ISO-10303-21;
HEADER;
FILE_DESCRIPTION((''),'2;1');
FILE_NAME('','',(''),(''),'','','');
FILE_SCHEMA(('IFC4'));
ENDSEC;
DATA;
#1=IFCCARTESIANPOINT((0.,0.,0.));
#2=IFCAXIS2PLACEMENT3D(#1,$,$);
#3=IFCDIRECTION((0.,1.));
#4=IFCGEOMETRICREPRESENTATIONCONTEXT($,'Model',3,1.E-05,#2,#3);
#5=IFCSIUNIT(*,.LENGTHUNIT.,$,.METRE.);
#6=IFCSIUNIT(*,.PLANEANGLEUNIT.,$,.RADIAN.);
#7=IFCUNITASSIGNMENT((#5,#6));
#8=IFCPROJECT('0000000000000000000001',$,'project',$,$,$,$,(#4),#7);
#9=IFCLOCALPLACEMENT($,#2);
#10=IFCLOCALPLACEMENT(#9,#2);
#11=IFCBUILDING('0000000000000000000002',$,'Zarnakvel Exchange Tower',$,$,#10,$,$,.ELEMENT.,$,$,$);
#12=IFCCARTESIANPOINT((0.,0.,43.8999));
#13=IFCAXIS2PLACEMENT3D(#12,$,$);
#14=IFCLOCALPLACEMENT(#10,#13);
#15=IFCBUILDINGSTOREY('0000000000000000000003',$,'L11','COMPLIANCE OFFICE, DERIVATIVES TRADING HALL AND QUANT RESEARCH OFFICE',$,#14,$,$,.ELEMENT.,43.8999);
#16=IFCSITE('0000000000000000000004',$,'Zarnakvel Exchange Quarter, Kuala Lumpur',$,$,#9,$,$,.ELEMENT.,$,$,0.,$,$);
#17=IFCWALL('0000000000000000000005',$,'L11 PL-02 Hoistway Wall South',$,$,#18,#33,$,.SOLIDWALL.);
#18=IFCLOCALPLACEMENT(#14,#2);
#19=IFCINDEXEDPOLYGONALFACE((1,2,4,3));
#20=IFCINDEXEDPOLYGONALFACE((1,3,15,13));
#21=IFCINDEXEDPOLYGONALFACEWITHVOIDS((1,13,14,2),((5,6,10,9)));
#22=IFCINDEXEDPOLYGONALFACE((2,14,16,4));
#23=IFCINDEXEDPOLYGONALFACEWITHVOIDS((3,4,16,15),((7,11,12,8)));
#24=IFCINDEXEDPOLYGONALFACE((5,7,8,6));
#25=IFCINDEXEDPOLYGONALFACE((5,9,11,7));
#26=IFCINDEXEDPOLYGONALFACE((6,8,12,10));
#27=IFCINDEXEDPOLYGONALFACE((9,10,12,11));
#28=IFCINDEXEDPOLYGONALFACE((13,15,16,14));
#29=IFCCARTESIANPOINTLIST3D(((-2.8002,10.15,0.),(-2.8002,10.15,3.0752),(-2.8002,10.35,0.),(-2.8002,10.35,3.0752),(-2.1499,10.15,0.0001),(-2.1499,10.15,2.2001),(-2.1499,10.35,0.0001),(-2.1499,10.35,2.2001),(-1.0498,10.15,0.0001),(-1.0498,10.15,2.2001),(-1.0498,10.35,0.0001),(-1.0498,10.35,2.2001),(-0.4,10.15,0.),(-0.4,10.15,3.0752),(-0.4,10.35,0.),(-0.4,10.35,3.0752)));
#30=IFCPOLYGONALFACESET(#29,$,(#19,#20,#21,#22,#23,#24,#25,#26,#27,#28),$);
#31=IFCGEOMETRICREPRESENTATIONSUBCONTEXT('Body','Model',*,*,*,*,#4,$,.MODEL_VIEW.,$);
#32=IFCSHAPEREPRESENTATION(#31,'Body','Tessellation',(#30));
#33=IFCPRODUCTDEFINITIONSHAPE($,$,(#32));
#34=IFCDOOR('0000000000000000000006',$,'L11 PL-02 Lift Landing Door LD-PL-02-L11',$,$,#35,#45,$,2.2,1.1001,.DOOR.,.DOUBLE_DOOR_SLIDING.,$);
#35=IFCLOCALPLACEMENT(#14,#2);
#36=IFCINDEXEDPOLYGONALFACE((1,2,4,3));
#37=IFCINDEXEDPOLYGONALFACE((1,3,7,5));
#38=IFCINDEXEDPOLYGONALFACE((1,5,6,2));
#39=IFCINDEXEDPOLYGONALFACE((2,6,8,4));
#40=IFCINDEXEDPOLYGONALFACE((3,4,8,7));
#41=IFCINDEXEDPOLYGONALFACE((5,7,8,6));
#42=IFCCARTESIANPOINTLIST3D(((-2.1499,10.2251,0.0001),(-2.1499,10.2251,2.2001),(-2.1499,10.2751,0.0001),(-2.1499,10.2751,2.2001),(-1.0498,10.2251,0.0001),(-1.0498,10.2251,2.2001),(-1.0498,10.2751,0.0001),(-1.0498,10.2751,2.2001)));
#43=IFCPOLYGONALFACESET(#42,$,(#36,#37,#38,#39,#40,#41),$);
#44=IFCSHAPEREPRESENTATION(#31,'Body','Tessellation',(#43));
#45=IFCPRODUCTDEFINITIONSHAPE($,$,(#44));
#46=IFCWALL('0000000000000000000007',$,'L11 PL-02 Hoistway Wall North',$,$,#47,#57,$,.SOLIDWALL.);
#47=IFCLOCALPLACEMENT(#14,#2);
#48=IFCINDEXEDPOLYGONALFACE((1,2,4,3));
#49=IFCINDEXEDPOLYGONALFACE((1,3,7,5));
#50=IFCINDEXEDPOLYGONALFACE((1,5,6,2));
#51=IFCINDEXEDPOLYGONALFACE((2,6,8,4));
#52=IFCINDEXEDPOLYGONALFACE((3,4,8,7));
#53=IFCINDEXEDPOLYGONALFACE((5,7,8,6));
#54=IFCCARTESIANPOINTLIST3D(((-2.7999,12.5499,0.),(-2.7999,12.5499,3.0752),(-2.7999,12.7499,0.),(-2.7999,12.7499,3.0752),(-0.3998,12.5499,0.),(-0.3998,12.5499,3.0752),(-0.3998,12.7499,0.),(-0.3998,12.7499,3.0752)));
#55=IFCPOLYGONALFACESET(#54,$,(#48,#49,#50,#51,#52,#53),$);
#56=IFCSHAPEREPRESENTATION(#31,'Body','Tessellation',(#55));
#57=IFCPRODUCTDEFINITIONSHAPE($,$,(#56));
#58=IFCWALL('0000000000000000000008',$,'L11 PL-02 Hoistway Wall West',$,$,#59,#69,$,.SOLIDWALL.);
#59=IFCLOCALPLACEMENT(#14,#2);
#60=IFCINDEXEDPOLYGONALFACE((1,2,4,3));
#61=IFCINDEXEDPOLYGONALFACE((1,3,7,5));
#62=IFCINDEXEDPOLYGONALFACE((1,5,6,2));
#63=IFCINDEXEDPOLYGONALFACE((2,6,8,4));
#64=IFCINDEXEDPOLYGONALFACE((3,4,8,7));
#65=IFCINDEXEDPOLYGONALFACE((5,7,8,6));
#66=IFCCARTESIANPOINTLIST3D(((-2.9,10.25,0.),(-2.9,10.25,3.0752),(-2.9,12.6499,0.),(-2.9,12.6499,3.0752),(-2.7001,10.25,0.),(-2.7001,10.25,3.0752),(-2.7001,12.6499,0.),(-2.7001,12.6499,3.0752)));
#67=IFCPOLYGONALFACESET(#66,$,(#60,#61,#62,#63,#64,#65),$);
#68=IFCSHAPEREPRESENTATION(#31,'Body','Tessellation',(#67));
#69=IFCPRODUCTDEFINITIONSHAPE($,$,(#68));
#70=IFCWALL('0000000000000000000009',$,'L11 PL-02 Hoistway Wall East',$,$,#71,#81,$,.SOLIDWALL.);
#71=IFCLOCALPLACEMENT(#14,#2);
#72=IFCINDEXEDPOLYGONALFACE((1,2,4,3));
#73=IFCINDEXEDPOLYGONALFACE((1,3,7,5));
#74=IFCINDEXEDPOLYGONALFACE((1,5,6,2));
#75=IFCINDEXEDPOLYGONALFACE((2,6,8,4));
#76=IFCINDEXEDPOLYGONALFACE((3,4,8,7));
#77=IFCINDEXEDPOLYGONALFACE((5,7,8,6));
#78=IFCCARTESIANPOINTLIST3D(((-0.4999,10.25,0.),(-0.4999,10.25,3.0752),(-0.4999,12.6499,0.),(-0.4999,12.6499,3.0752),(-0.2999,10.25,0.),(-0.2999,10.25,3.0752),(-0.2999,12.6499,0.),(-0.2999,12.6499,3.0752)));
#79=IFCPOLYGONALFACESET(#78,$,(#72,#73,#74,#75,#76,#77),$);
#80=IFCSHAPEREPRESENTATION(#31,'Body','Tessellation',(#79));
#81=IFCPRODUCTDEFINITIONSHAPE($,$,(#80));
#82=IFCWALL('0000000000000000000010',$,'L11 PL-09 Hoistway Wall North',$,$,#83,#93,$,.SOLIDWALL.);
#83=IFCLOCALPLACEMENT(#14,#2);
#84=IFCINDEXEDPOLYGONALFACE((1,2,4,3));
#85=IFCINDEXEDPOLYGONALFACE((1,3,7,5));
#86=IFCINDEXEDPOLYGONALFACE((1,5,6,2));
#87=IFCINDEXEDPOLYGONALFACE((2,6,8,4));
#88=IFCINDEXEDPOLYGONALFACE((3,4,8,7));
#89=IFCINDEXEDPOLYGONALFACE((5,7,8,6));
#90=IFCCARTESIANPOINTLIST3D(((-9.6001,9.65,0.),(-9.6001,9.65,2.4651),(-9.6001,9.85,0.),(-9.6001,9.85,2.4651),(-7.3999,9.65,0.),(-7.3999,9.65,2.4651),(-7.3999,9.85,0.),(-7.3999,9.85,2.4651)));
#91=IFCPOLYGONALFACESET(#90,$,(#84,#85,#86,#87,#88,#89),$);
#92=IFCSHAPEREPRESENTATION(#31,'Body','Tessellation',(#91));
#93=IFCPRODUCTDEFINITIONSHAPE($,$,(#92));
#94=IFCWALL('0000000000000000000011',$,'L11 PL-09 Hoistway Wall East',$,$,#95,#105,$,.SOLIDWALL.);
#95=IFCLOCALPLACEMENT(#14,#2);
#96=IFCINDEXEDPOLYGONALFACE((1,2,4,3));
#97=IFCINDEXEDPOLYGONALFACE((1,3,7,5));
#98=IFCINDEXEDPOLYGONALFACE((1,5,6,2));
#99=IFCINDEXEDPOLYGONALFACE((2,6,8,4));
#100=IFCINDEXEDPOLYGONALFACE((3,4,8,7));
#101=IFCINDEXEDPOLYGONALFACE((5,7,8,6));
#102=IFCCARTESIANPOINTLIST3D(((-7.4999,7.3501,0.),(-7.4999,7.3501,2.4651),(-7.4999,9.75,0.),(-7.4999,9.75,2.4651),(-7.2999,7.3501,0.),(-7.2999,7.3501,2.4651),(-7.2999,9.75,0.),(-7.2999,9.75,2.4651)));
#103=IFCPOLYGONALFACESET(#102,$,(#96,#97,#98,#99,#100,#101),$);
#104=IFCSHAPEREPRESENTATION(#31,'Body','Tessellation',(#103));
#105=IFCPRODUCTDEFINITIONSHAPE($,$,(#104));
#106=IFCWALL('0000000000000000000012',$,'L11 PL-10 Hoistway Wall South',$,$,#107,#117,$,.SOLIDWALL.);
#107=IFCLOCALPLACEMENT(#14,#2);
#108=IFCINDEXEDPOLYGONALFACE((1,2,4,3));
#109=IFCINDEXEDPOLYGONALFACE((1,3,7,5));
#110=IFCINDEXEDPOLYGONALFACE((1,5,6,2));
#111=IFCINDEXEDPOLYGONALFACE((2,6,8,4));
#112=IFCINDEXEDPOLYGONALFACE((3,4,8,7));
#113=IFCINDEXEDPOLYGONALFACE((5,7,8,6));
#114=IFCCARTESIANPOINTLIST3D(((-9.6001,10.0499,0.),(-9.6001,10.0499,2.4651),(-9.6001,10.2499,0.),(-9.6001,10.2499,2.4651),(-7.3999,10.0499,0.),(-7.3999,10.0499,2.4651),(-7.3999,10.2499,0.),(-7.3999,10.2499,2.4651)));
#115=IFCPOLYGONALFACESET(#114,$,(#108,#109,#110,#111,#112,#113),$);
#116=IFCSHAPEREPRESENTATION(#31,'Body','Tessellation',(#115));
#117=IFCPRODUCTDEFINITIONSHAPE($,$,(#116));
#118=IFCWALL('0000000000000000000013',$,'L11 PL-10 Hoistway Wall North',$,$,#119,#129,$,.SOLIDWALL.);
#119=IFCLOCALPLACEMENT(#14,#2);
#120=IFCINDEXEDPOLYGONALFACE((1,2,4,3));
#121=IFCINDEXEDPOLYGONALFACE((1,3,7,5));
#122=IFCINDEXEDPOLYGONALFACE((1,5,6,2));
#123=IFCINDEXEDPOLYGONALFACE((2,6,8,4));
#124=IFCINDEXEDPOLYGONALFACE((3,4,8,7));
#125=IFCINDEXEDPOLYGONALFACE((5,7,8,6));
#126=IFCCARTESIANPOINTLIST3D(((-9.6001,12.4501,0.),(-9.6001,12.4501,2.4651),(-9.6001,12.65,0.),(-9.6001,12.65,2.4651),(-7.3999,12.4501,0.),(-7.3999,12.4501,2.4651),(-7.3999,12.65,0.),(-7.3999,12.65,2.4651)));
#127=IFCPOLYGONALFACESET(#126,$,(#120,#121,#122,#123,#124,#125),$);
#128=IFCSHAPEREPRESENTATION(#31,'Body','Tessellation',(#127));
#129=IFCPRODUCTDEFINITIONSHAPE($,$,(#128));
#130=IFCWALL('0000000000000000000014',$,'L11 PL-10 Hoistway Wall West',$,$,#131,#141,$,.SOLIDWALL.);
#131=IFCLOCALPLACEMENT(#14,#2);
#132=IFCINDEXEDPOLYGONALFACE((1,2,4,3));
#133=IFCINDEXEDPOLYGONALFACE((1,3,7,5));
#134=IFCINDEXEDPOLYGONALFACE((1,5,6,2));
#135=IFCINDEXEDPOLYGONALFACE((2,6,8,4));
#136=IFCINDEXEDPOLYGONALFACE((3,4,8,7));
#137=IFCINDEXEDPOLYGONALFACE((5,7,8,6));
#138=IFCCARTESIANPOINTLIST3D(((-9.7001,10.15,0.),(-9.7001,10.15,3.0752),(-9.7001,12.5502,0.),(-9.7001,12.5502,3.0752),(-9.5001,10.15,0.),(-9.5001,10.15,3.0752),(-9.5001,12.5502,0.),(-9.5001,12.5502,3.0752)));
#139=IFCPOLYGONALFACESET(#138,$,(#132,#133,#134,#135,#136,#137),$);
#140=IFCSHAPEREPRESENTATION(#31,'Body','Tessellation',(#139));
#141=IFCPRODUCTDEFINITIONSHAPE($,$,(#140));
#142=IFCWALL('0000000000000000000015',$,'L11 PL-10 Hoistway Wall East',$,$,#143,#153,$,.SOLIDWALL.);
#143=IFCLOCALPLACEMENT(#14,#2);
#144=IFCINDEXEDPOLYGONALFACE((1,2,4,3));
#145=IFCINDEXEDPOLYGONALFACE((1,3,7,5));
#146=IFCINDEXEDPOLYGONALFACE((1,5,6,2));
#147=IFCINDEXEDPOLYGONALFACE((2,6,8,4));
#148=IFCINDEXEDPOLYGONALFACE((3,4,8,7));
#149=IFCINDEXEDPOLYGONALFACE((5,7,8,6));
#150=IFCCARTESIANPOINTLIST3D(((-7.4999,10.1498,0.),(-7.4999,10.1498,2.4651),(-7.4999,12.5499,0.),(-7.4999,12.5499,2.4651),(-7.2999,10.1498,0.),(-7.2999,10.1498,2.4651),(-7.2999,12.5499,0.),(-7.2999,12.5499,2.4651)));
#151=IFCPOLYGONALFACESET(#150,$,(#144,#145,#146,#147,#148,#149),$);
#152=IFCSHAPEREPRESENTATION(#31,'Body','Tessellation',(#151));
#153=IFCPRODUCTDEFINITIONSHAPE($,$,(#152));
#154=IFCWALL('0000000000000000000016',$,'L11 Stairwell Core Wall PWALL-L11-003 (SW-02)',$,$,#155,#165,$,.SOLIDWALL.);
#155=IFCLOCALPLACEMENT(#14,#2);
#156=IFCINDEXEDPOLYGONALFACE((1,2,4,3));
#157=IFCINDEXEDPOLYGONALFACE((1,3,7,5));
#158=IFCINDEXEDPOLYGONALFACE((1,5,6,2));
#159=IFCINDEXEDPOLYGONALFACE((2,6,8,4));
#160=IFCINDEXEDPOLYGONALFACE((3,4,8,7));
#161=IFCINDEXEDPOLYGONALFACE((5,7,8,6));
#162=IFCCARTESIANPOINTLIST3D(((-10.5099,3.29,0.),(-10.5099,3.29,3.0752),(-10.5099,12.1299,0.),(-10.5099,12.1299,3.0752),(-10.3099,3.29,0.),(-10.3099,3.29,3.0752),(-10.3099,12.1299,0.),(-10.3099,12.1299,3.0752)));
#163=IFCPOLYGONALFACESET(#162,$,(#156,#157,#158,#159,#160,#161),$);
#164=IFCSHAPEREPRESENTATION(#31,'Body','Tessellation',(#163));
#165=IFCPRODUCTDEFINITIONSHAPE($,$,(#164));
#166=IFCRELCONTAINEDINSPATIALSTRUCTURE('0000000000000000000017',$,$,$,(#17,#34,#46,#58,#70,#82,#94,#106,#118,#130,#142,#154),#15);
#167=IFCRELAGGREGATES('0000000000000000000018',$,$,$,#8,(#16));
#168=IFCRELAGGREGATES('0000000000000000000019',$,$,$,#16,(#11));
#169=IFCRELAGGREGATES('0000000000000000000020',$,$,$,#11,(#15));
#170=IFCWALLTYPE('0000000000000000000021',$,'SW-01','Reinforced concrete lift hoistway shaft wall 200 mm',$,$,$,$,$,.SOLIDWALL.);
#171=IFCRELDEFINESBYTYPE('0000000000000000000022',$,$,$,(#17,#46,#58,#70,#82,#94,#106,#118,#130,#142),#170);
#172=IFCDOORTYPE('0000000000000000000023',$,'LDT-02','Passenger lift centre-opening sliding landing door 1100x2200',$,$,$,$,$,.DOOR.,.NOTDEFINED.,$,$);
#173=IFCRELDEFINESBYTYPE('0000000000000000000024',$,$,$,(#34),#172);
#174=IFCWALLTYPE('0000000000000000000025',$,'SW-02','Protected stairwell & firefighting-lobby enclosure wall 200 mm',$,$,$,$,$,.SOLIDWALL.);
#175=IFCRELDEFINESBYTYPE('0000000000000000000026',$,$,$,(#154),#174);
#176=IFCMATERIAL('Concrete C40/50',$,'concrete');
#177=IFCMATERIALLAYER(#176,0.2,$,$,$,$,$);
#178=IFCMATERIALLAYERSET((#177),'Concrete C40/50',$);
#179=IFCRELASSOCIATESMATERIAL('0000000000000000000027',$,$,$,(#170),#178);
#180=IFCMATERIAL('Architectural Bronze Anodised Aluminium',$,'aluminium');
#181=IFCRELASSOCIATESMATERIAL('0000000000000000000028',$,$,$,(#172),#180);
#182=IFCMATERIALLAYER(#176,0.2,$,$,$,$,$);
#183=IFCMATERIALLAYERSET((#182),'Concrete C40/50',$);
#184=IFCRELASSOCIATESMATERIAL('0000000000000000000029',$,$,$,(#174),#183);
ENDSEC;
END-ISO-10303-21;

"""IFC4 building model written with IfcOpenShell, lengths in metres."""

from ifc_helpers import new_model, si_unit, direction, frame, frame_2d, origin, place, context, subcontext, project, spatial, rectangle, extrude, source, transform, mapped, material, layer, layer_set, type_object, element, fill, save


model = new_model("IFC4")

# Units and contexts
model_context = context("Model", 3, precision=1e-05, world=origin(), true_north=direction((0.0, 1.0)))
body_context = subcontext(model_context, "Body", "Model", "MODEL_VIEW")
ifc_project = project(units=[si_unit("LENGTHUNIT", "METRE"), si_unit("PLANEANGLEUNIT", "RADIAN")], contexts=[model_context])

# Site, building, storey
site_placement = place(None, origin())
site = spatial("IfcSite", under=ifc_project, at=site_placement, Name="Zarnakvel Exchange Quarter, Kuala Lumpur", CompositionType="ELEMENT", RefElevation=0.0)
building_placement = place(site_placement, origin())
building = spatial("IfcBuilding", under=site, at=building_placement, Name="Zarnakvel Exchange Tower", CompositionType="ELEMENT")
storey_placement = place(building_placement, frame((0.0, 0.0, 43.8999)))
storey = spatial("IfcBuildingStorey", under=building, at=storey_placement, Name="L11", Description="COMPLIANCE OFFICE, DERIVATIVES TRADING HALL AND QUANT RESEARCH OFFICE", CompositionType="ELEMENT", Elevation=43.8999)

# Shared definitions
ifc_material_1 = material(Name="Architectural Bronze Anodised Aluminium", Category="aluminium")

# Shared definitions
ifc_material_2 = material(Name="Concrete C40/50", Category="concrete")
ifc_layer_1 = layer(ifc_material_2, 0.2)
ifc_layer_set_1 = layer_set([ifc_layer_1], Name="Concrete C40/50")
wall_type_1 = type_object("IfcWallType", Name="SW-01", Description="Reinforced concrete lift hoistway shaft wall 200 mm", PredefinedType="SOLIDWALL", material=ifc_layer_set_1)
door_type = type_object("IfcDoorType", Name="LDT-02", Description="Passenger lift centre-opening sliding landing door 1100x2200", OperationType="NOTDEFINED", PredefinedType="DOOR", material=ifc_material_1)
shared_shape_1 = source(origin(), body_context, "Body", "SweptSolid", [
    extrude(rectangle(XDim=1.1001, YDim=2.2, at=frame_2d((0.55, 1.1001))), frame((0.0, 0.0249, 0.0), z_axis=(0.0, -1.0, 0.0), x_axis=(1.0, 0.0, 0.0)), (0.0, 0.0, 1.0), 0.05),
])

# Wall, opening, door
wall_1_placement = place(storey_placement, frame((-0.3999, 10.25, 0.0), z_axis=(0.0, 0.0, 1.0), x_axis=(-1.0, 0.0, 0.0)))
wall_1 = element("IfcWall", 1, at=wall_1_placement, inside=storey, type_object=wall_type_1, Name="L11 PL-02 Hoistway Wall South", PredefinedType="SOLIDWALL", context=body_context, shape_type="SweptSolid", body=[
    extrude(rectangle(XDim=2.4001, YDim=0.2, at=frame_2d((1.2002, 0.0))), origin(), (0.0, 0.0, 1.0), 3.0752),
])
opening_1_placement = place(wall_1_placement, frame((0.6499, 0.0, 0.0)))
opening_1 = element("IfcOpeningElement", 2, at=opening_1_placement, cuts=wall_1, PredefinedType="OPENING", context=body_context, shape_type="SweptSolid", body=[
    extrude(rectangle(XDim=1.1001, YDim=2.2, at=frame_2d((0.55, 1.1001))), frame((0.0, 0.1099, 0.0), z_axis=(0.0, -1.0, 0.0), x_axis=(1.0, 0.0, 0.0)), (0.0, 0.0, 1.0), 0.22),
])
door_1_placement = place(opening_1_placement, origin())
door_1 = element("IfcDoor", 3, at=door_1_placement, inside=storey, type_object=door_type, Name="L11 PL-02 Lift Landing Door LD-PL-02-L11", OperationType="DOUBLE_DOOR_SLIDING", OverallHeight=2.2, OverallWidth=1.1001, PredefinedType="DOOR", context=body_context, shape_type="MappedRepresentation", body=[
    mapped(shared_shape_1, transform((0.0, 0.0, 0.0), x_axis=(1.0, 0.0, 0.0), y_axis=(0.0, 1.0, 0.0), z_axis=(0.0, 0.0, 1.0), scale=1.0)),
])
fill(opening_1, door_1)

# Walls
wall_2_placement = place(storey_placement, frame((-2.8, 12.6499, 0.0), z_axis=(0.0, 0.0, 1.0), x_axis=(1.0, 0.0, 0.0)))
element("IfcWall", 4, at=wall_2_placement, inside=storey, type_object=wall_type_1, Name="L11 PL-02 Hoistway Wall North", PredefinedType="SOLIDWALL", context=body_context, shape_type="SweptSolid", body=[
    extrude(rectangle(XDim=2.4001, YDim=0.2, at=frame_2d((1.2002, 0.0))), origin(), (0.0, 0.0, 1.0), 3.0752),
])
for number, where, z_axis, x_axis, name in (
    (5, (-2.8, 10.25, 0.0), (0.0, 0.0, 1.0), (0.0, 1.0, 0.0), "L11 PL-02 Hoistway Wall West"),
    (6, (-0.3999, 12.6499, 0.0), (0.0, 0.0, 1.0), (0.0, -1.0, 0.0), "L11 PL-02 Hoistway Wall East"),
):
    element("IfcWall", number, at=place(storey_placement, frame(where, z_axis=z_axis, x_axis=x_axis)), inside=storey, type_object=wall_type_1, Name=name, PredefinedType="SOLIDWALL", context=body_context, shape_type="SweptSolid", body=[
        extrude(rectangle(XDim=2.3999, YDim=0.2, at=frame_2d((1.2, 0.0))), origin(), (0.0, 0.0, 1.0), 3.0752),
    ])
wall_3_placement = place(storey_placement, frame((-9.6001, 9.75, 0.0), z_axis=(0.0, 0.0, 1.0), x_axis=(1.0, 0.0, 0.0)))
element("IfcWall", 7, at=wall_3_placement, inside=storey, type_object=wall_type_1, Name="L11 PL-09 Hoistway Wall North", PredefinedType="SOLIDWALL", context=body_context, shape_type="SweptSolid", body=[
    extrude(rectangle(XDim=2.2002, YDim=0.2, at=frame_2d((1.1001, 0.0))), origin(), (0.0, 0.0, 1.0), 2.4651),
])
wall_4_placement = place(storey_placement, frame((-7.3999, 9.75, 0.0), z_axis=(0.0, 0.0, 1.0), x_axis=(0.0, -1.0, 0.0)))
element("IfcWall", 8, at=wall_4_placement, inside=storey, type_object=wall_type_1, Name="L11 PL-09 Hoistway Wall East", PredefinedType="SOLIDWALL", context=body_context, shape_type="SweptSolid", body=[
    extrude(rectangle(XDim=2.3999, YDim=0.2, at=frame_2d((1.2, 0.0))), origin(), (0.0, 0.0, 1.0), 2.4651),
])
for number, where, z_axis, x_axis, name in (
    (9, (-7.3999, 10.1499, 0.0), (0.0, 0.0, 1.0), (-1.0, 0.0, 0.0), "L11 PL-10 Hoistway Wall South"),
    (10, (-9.6001, 12.55, 0.0), (0.0, 0.0, 1.0), (1.0, 0.0, 0.0), "L11 PL-10 Hoistway Wall North"),
):
    element("IfcWall", number, at=place(storey_placement, frame(where, z_axis=z_axis, x_axis=x_axis)), inside=storey, type_object=wall_type_1, Name=name, PredefinedType="SOLIDWALL", context=body_context, shape_type="SweptSolid", body=[
        extrude(rectangle(XDim=2.2002, YDim=0.2, at=frame_2d((1.1001, 0.0))), origin(), (0.0, 0.0, 1.0), 2.4651),
    ])
wall_5_placement = place(storey_placement, frame((-9.6001, 10.1499, 0.0), z_axis=(0.0, 0.0, 1.0), x_axis=(0.0, 1.0, 0.0)))
element("IfcWall", 11, at=wall_5_placement, inside=storey, type_object=wall_type_1, Name="L11 PL-10 Hoistway Wall West", PredefinedType="SOLIDWALL", context=body_context, shape_type="SweptSolid", body=[
    extrude(rectangle(XDim=2.4001, YDim=0.2, at=frame_2d((1.2002, 0.0))), origin(), (0.0, 0.0, 1.0), 3.0752),
])
wall_6_placement = place(storey_placement, frame((-7.3999, 12.55, 0.0), z_axis=(0.0, 0.0, 1.0), x_axis=(0.0, -1.0, 0.0)))
element("IfcWall", 12, at=wall_6_placement, inside=storey, type_object=wall_type_1, Name="L11 PL-10 Hoistway Wall East", PredefinedType="SOLIDWALL", context=body_context, shape_type="SweptSolid", body=[
    extrude(rectangle(XDim=2.4001, YDim=0.2, at=frame_2d((1.2002, 0.0))), origin(), (0.0, 0.0, 1.0), 2.4651),
])
ifc_layer_2 = layer(ifc_material_2, 0.2)
ifc_layer_set_2 = layer_set([ifc_layer_2], Name="Concrete C40/50")
wall_type_2 = type_object("IfcWallType", Name="SW-02", Description="Protected stairwell & firefighting-lobby enclosure wall 200 mm", PredefinedType="SOLIDWALL", material=ifc_layer_set_2)
wall_7_placement = place(storey_placement, frame((-10.4099, 12.1299, 0.0), z_axis=(0.0, 0.0, 1.0), x_axis=(0.0, -1.0, 0.0)))
element("IfcWall", 13, at=wall_7_placement, inside=storey, type_object=wall_type_2, Name="L11 Stairwell Core Wall PWALL-L11-003 (SW-02)", PredefinedType="SOLIDWALL", context=body_context, shape_type="SweptSolid", body=[
    extrude(rectangle(XDim=8.8398, YDim=0.2, at=frame_2d((4.4199, 0.0))), origin(), (0.0, 0.0, 1.0), 3.0752),
])

save(model, "model.ifc")
